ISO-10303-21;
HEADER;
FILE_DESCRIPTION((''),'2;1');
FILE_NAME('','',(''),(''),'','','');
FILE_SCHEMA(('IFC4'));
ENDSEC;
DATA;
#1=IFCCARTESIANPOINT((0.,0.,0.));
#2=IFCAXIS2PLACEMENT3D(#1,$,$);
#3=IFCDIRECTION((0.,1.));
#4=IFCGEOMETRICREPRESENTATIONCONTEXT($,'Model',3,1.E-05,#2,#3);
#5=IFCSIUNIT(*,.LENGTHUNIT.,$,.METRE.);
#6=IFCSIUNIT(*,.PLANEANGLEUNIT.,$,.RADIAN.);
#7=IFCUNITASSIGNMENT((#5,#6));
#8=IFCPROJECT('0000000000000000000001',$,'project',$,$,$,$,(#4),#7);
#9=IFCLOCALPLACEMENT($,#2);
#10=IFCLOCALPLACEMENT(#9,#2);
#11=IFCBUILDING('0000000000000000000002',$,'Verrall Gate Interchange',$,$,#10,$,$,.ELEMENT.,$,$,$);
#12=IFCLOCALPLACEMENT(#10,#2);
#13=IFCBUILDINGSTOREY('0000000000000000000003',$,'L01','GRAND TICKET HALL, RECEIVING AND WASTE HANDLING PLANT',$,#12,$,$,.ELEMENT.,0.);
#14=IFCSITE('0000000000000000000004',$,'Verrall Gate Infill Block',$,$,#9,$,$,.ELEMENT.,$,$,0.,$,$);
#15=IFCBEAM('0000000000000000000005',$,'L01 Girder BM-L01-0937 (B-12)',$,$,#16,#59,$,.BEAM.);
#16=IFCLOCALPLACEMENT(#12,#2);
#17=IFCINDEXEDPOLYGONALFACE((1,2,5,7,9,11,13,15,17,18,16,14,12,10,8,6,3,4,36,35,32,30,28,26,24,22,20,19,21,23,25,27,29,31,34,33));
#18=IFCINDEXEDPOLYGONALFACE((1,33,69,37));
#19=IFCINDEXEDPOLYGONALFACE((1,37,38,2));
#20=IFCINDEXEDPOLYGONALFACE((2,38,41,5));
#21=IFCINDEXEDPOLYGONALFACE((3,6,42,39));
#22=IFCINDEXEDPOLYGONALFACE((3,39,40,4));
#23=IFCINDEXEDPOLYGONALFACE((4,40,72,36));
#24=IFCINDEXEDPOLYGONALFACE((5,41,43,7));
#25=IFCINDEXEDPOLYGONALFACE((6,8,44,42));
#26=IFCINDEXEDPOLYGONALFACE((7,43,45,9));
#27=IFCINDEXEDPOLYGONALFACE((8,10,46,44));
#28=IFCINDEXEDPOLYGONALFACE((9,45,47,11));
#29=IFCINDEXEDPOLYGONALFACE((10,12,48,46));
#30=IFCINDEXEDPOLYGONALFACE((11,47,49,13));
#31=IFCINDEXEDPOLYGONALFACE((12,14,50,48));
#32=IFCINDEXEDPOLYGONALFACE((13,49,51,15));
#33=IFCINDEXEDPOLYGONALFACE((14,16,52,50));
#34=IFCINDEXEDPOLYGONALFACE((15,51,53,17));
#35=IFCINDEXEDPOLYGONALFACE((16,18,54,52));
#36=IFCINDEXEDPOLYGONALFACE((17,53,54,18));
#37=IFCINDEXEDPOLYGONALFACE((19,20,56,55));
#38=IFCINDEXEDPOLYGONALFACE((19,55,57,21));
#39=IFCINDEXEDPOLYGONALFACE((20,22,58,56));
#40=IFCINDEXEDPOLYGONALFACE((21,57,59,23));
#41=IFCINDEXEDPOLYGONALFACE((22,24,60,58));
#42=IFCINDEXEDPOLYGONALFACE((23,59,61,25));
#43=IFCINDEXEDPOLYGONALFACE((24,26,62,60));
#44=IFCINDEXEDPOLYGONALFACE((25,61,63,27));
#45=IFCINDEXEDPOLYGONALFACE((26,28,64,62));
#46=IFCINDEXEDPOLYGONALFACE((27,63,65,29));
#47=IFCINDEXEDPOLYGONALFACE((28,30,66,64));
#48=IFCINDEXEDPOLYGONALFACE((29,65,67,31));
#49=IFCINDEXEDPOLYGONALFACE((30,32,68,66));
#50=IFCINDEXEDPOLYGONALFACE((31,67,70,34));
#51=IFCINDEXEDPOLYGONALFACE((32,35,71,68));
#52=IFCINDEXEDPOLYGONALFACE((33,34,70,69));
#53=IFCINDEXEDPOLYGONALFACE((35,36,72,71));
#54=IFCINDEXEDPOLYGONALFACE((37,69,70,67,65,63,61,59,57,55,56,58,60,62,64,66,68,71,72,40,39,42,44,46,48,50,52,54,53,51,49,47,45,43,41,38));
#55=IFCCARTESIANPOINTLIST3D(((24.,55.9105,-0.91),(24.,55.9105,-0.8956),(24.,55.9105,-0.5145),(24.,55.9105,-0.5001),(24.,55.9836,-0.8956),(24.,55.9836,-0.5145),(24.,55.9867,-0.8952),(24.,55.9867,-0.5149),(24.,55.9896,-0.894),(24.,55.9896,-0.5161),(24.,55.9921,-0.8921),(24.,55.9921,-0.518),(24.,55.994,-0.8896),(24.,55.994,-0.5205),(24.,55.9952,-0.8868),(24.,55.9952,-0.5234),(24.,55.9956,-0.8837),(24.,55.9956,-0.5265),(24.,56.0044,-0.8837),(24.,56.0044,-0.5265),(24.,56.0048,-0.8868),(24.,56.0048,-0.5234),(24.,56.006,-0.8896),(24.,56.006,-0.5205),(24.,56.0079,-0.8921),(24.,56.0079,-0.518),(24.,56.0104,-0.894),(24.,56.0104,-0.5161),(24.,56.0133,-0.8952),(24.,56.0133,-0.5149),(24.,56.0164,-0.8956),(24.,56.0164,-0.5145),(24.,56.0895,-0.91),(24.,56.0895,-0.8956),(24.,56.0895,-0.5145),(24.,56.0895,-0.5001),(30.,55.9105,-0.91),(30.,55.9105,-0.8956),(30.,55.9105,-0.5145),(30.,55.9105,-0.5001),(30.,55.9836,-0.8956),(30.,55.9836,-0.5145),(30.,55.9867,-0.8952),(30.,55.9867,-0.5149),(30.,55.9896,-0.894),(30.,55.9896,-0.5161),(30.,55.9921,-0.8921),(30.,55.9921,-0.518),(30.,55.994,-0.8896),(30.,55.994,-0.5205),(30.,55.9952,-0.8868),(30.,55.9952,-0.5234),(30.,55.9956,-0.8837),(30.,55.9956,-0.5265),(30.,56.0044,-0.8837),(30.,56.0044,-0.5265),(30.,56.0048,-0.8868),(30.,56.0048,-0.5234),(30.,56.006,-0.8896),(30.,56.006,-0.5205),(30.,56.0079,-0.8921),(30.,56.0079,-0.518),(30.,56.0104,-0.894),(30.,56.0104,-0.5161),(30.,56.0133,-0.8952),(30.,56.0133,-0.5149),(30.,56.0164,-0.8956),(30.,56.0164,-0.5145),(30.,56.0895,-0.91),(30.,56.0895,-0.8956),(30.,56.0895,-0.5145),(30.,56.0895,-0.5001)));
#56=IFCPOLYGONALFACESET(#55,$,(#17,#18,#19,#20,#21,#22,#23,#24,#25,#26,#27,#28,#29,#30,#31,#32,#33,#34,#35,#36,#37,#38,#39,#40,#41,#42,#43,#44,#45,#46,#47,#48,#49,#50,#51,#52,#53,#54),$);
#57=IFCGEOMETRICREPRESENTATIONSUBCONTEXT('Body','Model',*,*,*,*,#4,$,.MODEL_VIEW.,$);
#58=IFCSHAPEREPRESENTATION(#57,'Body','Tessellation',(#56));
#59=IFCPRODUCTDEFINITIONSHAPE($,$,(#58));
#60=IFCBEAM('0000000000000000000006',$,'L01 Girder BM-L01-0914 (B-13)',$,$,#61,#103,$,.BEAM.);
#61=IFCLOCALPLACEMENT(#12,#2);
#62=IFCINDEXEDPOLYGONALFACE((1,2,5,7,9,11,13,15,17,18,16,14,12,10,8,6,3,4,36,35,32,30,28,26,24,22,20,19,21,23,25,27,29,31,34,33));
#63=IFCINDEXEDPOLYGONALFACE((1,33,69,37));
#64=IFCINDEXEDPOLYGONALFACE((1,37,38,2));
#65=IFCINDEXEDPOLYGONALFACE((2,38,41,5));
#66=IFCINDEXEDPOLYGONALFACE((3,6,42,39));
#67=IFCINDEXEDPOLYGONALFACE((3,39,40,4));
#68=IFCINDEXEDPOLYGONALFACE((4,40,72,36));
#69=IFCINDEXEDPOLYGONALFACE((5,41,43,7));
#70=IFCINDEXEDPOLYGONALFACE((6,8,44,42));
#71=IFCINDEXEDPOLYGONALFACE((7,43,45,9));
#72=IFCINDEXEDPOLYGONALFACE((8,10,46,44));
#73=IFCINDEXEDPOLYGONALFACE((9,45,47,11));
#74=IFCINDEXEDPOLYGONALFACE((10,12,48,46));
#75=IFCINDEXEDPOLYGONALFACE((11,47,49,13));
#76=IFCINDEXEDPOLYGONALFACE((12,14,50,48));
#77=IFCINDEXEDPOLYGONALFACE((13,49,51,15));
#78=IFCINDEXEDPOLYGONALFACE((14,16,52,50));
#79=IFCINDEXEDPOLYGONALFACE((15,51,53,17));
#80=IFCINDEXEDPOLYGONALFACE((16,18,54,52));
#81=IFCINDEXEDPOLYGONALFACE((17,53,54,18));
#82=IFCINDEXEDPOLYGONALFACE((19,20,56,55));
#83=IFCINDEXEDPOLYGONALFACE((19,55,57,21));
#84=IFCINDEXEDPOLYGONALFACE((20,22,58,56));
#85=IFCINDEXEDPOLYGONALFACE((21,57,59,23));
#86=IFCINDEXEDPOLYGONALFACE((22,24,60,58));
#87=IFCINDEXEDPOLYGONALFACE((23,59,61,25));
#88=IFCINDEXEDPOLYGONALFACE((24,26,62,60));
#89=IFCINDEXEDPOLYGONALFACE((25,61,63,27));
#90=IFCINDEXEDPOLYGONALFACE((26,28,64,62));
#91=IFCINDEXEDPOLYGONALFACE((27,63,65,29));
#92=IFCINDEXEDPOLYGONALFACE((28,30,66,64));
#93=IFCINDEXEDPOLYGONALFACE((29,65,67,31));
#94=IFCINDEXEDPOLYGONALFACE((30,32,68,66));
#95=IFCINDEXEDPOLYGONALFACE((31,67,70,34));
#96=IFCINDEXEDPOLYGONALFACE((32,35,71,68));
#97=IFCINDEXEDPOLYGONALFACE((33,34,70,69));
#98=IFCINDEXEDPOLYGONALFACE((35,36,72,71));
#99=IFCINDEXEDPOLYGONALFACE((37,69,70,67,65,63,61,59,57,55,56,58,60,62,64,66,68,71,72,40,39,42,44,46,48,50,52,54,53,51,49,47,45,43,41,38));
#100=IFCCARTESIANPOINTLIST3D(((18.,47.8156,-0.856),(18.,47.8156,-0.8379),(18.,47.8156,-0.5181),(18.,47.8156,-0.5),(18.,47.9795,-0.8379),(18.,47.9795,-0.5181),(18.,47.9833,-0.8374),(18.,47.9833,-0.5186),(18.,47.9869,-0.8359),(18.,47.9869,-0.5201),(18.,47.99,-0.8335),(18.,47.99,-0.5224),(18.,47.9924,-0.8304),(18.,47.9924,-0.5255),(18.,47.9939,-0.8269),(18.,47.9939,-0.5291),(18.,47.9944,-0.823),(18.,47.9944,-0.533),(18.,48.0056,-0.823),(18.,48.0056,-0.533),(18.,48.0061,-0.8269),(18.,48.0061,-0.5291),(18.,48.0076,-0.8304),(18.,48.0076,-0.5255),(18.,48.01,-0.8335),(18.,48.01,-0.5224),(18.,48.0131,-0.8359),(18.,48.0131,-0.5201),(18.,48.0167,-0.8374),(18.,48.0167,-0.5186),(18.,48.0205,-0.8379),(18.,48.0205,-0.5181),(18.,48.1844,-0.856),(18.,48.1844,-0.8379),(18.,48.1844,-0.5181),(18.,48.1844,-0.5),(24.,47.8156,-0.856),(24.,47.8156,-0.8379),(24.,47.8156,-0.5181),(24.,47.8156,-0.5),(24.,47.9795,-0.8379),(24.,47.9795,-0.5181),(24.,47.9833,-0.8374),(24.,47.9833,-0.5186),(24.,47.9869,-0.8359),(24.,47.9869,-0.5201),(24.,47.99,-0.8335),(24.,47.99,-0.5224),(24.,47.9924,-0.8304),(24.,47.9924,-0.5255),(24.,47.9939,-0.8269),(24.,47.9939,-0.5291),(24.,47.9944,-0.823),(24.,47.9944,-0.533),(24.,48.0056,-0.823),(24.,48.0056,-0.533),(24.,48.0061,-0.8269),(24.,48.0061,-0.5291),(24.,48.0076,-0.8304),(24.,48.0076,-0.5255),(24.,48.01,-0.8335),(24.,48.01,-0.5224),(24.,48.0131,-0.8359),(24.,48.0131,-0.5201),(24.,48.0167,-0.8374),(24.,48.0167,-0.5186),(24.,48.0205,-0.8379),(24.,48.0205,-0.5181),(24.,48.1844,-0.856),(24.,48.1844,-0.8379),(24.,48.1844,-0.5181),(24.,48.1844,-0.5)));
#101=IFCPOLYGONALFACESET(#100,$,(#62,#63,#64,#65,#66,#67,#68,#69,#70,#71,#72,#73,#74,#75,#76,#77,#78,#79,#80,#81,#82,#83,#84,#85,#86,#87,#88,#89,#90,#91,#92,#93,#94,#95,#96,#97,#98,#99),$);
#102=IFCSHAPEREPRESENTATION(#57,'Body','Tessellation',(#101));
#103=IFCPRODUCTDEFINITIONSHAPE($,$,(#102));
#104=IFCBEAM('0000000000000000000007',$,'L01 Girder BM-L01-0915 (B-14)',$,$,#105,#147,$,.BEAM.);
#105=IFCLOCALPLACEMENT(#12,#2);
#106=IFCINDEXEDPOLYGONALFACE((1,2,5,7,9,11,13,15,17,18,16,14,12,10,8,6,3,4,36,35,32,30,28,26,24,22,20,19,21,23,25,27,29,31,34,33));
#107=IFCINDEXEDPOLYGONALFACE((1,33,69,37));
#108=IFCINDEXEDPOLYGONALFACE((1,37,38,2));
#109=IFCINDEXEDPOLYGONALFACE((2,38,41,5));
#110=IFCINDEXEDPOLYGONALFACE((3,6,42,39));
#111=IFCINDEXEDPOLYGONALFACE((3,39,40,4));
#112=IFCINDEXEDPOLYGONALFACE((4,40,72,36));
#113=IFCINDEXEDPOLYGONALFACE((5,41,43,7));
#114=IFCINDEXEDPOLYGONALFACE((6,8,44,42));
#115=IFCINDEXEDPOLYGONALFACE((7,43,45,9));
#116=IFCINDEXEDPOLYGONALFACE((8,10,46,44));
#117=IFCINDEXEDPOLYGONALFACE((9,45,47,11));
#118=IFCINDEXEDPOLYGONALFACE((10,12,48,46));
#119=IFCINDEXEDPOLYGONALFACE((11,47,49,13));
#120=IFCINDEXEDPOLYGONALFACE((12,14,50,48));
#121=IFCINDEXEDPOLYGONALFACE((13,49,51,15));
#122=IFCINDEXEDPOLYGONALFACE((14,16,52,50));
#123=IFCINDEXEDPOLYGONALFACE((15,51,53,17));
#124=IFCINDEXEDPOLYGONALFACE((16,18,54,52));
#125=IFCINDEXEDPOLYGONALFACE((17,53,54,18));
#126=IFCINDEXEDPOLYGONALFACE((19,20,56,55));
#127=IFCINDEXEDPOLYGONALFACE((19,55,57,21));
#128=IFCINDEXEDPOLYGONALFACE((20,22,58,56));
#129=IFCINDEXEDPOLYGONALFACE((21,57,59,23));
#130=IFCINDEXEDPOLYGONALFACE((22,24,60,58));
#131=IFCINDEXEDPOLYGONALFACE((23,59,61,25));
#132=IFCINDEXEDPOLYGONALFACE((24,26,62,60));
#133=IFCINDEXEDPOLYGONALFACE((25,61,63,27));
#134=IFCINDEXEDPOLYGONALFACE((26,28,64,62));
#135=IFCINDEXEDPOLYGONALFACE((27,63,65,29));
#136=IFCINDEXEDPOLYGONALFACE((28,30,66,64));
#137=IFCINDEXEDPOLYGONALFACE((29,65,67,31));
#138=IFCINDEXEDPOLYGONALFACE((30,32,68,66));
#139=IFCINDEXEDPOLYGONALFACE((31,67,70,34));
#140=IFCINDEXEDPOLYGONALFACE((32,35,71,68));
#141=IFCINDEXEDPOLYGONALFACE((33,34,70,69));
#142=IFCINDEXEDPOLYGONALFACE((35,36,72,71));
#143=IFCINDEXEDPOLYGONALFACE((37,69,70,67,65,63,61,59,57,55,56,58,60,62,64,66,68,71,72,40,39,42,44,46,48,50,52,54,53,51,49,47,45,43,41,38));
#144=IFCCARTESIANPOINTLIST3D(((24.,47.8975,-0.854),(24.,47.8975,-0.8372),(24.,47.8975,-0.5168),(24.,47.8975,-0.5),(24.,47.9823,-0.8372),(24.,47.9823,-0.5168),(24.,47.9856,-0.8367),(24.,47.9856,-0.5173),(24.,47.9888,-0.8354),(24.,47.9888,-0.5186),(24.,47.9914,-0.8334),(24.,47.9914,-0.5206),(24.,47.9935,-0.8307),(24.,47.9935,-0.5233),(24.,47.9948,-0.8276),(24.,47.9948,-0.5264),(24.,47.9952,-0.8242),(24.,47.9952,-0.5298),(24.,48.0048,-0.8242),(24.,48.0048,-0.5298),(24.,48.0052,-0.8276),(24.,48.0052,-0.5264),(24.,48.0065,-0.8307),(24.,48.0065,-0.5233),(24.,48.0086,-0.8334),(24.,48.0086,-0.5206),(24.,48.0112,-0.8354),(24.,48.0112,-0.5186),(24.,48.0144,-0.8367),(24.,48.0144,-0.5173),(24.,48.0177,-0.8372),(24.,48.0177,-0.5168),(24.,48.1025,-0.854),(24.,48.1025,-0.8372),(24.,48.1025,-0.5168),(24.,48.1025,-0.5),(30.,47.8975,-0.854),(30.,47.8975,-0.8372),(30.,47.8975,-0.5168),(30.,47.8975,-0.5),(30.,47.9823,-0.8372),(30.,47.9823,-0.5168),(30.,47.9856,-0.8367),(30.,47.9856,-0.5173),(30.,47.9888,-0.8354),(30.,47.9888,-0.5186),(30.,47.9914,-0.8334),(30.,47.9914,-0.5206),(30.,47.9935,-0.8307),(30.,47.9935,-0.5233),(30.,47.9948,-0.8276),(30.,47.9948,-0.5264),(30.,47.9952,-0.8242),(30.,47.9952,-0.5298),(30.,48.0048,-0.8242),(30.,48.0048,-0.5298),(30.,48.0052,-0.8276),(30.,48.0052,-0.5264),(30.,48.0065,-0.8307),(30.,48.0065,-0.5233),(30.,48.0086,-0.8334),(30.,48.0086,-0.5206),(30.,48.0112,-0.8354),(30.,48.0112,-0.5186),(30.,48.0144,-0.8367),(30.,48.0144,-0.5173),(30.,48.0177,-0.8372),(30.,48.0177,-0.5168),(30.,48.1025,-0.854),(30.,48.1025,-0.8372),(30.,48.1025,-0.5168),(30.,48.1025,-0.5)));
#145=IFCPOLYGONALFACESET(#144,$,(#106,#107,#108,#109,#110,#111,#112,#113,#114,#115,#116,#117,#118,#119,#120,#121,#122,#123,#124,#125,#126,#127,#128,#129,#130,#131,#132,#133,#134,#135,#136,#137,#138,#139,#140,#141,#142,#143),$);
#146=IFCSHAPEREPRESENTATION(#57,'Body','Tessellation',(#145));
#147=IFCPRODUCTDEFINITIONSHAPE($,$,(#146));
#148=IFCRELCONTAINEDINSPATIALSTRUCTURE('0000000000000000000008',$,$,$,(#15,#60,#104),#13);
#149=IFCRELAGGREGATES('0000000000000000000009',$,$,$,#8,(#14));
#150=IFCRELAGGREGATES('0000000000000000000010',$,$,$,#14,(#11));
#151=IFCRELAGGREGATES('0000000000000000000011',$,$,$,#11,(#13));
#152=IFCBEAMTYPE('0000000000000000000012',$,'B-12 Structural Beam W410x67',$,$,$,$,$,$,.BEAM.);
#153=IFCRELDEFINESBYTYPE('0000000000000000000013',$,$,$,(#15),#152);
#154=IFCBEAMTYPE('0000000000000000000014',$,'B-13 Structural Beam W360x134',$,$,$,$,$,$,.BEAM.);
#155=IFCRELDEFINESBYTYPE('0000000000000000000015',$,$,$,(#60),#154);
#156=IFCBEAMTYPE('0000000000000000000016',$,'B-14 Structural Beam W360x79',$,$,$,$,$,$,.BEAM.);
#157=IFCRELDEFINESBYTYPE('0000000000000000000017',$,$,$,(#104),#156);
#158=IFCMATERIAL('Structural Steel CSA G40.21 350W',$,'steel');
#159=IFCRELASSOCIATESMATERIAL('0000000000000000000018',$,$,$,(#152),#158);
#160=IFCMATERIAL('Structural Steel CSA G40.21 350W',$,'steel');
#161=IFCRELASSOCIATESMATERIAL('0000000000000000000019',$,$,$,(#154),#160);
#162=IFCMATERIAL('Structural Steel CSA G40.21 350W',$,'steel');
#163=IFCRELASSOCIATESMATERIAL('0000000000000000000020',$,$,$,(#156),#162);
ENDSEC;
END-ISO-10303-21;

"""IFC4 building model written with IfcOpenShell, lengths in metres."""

from ifc_helpers import new_model, si_unit, direction, frame, origin, origin_2d, place, context, subcontext, project, spatial, i_section, extrude, material, material_profile, profile_set, type_object, element, save


model = new_model("IFC4")

# Units and contexts
model_context = context("Model", 3, precision=1e-05, world=origin(), true_north=direction((0.0, 1.0)))
body_context = subcontext(model_context, "Body", "Model", "MODEL_VIEW")
ifc_project = project(units=[si_unit("LENGTHUNIT", "METRE"), si_unit("PLANEANGLEUNIT", "RADIAN")], contexts=[model_context])

# Site, building, storey
site_placement = place(None, origin())
site = spatial("IfcSite", under=ifc_project, at=site_placement, Name="Verrall Gate Infill Block", CompositionType="ELEMENT", RefElevation=0.0)
building_placement = place(site_placement, origin())
building = spatial("IfcBuilding", under=site, at=building_placement, Name="Verrall Gate Interchange", CompositionType="ELEMENT")
storey_placement = place(building_placement, origin())
storey = spatial("IfcBuildingStorey", under=building, at=storey_placement, Name="L01", Description="GRAND TICKET HALL, RECEIVING AND WASTE HANDLING PLANT", CompositionType="ELEMENT", Elevation=0.0)

# Beams
ifc_material_1 = material(Name="Structural Steel CSA G40.21 350W", Category="steel")
ifc_material_profile_1 = material_profile(ifc_material_1, i_section(OverallWidth=0.179, OverallDepth=0.4099, WebThickness=0.0088, FlangeThickness=0.0144, FilletRadius=0.012, at=origin_2d()), Name="W410x67")
ifc_profile_set_1 = profile_set([ifc_material_profile_1], Name="Structural Steel CSA G40.21 350W")
beam_type_1 = type_object("IfcBeamType", Name="B-12 Structural Beam W410x67", PredefinedType="BEAM", material=ifc_profile_set_1)
beam_1_placement = place(storey_placement, frame((24.0, 56.0, -0.7051), z_axis=(1.0, 0.0, 0.0), x_axis=(0.0, 1.0, 0.0)))
element("IfcBeam", 1, at=beam_1_placement, inside=storey, type_object=beam_type_1, Name="L01 Girder BM-L01-0937 (B-12)", PredefinedType="BEAM", context=body_context, shape_type="SweptSolid", body=[
    extrude(i_section(OverallWidth=0.179, OverallDepth=0.4099, WebThickness=0.0088, FlangeThickness=0.0144, FilletRadius=0.012, at=origin_2d()), origin(), (0.0, 0.0, 1.0), 6.0),
])
ifc_material_2 = material(Name="Structural Steel CSA G40.21 350W", Category="steel")
ifc_material_profile_2 = material_profile(ifc_material_2, i_section(OverallWidth=0.3689, OverallDepth=0.356, WebThickness=0.0112, FlangeThickness=0.0181, FilletRadius=0.0149, at=origin_2d()), Name="W360x134")
ifc_profile_set_2 = profile_set([ifc_material_profile_2], Name="Structural Steel CSA G40.21 350W")
beam_type_2 = type_object("IfcBeamType", Name="B-13 Structural Beam W360x134", PredefinedType="BEAM", material=ifc_profile_set_2)
beam_2_placement = place(storey_placement, frame((18.0, 48.0, -0.678), z_axis=(1.0, 0.0, 0.0), x_axis=(0.0, 1.0, 0.0)))
element("IfcBeam", 2, at=beam_2_placement, inside=storey, type_object=beam_type_2, Name="L01 Girder BM-L01-0914 (B-13)", PredefinedType="BEAM", context=body_context, shape_type="SweptSolid", body=[
    extrude(i_section(OverallWidth=0.3689, OverallDepth=0.356, WebThickness=0.0112, FlangeThickness=0.0181, FilletRadius=0.0149, at=origin_2d()), origin(), (0.0, 0.0, 1.0), 6.0),
])
ifc_material_3 = material(Name="Structural Steel CSA G40.21 350W", Category="steel")
ifc_material_profile_3 = material_profile(ifc_material_3, i_section(OverallWidth=0.2051, OverallDepth=0.354, WebThickness=0.0095, FlangeThickness=0.0168, FilletRadius=0.0129, at=origin_2d()), Name="W360x79")
ifc_profile_set_3 = profile_set([ifc_material_profile_3], Name="Structural Steel CSA G40.21 350W")
beam_type_3 = type_object("IfcBeamType", Name="B-14 Structural Beam W360x79", PredefinedType="BEAM", material=ifc_profile_set_3)
beam_3_placement = place(storey_placement, frame((24.0, 48.0, -0.677), z_axis=(1.0, 0.0, 0.0), x_axis=(0.0, 1.0, 0.0)))
element("IfcBeam", 3, at=beam_3_placement, inside=storey, type_object=beam_type_3, Name="L01 Girder BM-L01-0915 (B-14)", PredefinedType="BEAM", context=body_context, shape_type="SweptSolid", body=[
    extrude(i_section(OverallWidth=0.2051, OverallDepth=0.354, WebThickness=0.0095, FlangeThickness=0.0168, FilletRadius=0.0129, at=origin_2d()), origin(), (0.0, 0.0, 1.0), 6.0),
])

save(model, "model.ifc")
